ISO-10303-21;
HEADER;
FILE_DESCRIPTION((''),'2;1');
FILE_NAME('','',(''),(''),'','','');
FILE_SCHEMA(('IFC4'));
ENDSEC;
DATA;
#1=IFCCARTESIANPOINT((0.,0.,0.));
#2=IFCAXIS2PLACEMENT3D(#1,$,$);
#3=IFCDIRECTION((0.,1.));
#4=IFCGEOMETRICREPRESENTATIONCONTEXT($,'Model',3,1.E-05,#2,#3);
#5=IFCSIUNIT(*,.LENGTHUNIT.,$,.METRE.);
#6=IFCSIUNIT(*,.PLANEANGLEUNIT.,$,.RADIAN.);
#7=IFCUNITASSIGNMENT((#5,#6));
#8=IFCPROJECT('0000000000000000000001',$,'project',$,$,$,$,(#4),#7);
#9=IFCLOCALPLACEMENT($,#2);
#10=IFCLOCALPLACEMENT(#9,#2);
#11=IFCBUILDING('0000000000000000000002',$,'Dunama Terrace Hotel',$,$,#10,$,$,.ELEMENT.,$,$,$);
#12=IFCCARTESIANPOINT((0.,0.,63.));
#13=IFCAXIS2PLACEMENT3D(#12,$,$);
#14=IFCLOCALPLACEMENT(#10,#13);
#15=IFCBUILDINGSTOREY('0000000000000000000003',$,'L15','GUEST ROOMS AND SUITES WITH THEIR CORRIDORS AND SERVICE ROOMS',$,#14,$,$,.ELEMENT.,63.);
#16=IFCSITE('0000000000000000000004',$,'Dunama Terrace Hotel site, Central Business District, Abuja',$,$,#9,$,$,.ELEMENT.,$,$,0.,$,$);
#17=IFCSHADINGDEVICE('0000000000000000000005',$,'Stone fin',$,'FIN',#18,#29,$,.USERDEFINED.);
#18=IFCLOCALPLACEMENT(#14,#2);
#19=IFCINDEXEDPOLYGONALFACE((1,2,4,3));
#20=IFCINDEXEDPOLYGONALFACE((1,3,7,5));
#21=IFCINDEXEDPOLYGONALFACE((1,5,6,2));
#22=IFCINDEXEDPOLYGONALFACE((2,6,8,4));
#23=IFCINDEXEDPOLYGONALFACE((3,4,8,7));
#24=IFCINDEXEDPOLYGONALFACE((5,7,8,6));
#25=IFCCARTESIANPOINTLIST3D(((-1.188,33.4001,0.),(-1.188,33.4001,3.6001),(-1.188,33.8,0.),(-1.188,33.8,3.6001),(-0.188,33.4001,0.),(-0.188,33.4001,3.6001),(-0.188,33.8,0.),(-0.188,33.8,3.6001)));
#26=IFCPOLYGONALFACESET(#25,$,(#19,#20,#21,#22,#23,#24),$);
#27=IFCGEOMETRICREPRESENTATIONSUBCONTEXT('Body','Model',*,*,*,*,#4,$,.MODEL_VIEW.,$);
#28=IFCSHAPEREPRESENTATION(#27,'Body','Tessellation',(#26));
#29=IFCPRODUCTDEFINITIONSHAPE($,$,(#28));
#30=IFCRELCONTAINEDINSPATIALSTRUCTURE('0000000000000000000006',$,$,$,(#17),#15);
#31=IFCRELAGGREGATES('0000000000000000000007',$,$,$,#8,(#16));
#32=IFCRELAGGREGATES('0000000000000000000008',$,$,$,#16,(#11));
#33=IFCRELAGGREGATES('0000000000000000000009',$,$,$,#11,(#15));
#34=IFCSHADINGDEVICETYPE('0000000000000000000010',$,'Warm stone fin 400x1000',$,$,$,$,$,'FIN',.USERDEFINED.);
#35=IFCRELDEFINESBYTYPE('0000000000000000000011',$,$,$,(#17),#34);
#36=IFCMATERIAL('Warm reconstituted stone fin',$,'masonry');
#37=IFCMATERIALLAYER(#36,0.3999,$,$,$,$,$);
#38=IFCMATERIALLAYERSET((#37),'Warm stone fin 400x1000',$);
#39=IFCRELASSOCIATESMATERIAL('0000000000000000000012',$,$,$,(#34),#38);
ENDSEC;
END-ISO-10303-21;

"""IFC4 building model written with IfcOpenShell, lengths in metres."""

from ifc_helpers import new_model, si_unit, direction, frame, origin, origin_2d, place, context, subcontext, project, spatial, rectangle, extrude, material, layer, layer_set, type_object, element, save


model = new_model("IFC4")

# Units and contexts
model_context = context("Model", 3, precision=1e-05, world=origin(), true_north=direction((0.0, 1.0)))
body_context = subcontext(model_context, "Body", "Model", "MODEL_VIEW")
ifc_project = project(units=[si_unit("LENGTHUNIT", "METRE"), si_unit("PLANEANGLEUNIT", "RADIAN")], contexts=[model_context])

# Site, building, storey
site_placement = place(None, origin())
site = spatial("IfcSite", under=ifc_project, at=site_placement, Name="Dunama Terrace Hotel site, Central Business District, Abuja", CompositionType="ELEMENT", RefElevation=0.0)
building_placement = place(site_placement, origin())
building = spatial("IfcBuilding", under=site, at=building_placement, Name="Dunama Terrace Hotel", CompositionType="ELEMENT")
storey_placement = place(building_placement, frame((0.0, 0.0, 63.0)))
storey = spatial("IfcBuildingStorey", under=building, at=storey_placement, Name="L15", Description="GUEST ROOMS AND SUITES WITH THEIR CORRIDORS AND SERVICE ROOMS", CompositionType="ELEMENT", Elevation=63.0)

# Shading device
ifc_material_1 = material(Name="Warm reconstituted stone fin", Category="masonry")
ifc_layer_1 = layer(ifc_material_1, 0.3999)
ifc_layer_set_1 = layer_set([ifc_layer_1], Name="Warm stone fin 400x1000")
shading_device_type = type_object("IfcShadingDeviceType", Name="Warm stone fin 400x1000", ElementType="FIN", PredefinedType="USERDEFINED", material=ifc_layer_set_1)
for number, where, z_axis, x_axis, name in (
    (1, (-0.688, 33.6001, 0.0), (0.0, 0.0, 1.0), (0.0, -1.0, 0.0), "Stone fin"),
):
    element("IfcShadingDevice", number, at=place(storey_placement, frame(where, z_axis=z_axis, x_axis=x_axis)), inside=storey, type_object=shading_device_type, Name=name, ObjectType="FIN", PredefinedType="USERDEFINED", context=body_context, shape_type="SweptSolid", body=[
        extrude(rectangle(XDim=0.3999, YDim=1.0, at=origin_2d()), origin(), (0.0, 0.0, 1.0), 3.6001),
    ])

save(model, "model.ifc")
